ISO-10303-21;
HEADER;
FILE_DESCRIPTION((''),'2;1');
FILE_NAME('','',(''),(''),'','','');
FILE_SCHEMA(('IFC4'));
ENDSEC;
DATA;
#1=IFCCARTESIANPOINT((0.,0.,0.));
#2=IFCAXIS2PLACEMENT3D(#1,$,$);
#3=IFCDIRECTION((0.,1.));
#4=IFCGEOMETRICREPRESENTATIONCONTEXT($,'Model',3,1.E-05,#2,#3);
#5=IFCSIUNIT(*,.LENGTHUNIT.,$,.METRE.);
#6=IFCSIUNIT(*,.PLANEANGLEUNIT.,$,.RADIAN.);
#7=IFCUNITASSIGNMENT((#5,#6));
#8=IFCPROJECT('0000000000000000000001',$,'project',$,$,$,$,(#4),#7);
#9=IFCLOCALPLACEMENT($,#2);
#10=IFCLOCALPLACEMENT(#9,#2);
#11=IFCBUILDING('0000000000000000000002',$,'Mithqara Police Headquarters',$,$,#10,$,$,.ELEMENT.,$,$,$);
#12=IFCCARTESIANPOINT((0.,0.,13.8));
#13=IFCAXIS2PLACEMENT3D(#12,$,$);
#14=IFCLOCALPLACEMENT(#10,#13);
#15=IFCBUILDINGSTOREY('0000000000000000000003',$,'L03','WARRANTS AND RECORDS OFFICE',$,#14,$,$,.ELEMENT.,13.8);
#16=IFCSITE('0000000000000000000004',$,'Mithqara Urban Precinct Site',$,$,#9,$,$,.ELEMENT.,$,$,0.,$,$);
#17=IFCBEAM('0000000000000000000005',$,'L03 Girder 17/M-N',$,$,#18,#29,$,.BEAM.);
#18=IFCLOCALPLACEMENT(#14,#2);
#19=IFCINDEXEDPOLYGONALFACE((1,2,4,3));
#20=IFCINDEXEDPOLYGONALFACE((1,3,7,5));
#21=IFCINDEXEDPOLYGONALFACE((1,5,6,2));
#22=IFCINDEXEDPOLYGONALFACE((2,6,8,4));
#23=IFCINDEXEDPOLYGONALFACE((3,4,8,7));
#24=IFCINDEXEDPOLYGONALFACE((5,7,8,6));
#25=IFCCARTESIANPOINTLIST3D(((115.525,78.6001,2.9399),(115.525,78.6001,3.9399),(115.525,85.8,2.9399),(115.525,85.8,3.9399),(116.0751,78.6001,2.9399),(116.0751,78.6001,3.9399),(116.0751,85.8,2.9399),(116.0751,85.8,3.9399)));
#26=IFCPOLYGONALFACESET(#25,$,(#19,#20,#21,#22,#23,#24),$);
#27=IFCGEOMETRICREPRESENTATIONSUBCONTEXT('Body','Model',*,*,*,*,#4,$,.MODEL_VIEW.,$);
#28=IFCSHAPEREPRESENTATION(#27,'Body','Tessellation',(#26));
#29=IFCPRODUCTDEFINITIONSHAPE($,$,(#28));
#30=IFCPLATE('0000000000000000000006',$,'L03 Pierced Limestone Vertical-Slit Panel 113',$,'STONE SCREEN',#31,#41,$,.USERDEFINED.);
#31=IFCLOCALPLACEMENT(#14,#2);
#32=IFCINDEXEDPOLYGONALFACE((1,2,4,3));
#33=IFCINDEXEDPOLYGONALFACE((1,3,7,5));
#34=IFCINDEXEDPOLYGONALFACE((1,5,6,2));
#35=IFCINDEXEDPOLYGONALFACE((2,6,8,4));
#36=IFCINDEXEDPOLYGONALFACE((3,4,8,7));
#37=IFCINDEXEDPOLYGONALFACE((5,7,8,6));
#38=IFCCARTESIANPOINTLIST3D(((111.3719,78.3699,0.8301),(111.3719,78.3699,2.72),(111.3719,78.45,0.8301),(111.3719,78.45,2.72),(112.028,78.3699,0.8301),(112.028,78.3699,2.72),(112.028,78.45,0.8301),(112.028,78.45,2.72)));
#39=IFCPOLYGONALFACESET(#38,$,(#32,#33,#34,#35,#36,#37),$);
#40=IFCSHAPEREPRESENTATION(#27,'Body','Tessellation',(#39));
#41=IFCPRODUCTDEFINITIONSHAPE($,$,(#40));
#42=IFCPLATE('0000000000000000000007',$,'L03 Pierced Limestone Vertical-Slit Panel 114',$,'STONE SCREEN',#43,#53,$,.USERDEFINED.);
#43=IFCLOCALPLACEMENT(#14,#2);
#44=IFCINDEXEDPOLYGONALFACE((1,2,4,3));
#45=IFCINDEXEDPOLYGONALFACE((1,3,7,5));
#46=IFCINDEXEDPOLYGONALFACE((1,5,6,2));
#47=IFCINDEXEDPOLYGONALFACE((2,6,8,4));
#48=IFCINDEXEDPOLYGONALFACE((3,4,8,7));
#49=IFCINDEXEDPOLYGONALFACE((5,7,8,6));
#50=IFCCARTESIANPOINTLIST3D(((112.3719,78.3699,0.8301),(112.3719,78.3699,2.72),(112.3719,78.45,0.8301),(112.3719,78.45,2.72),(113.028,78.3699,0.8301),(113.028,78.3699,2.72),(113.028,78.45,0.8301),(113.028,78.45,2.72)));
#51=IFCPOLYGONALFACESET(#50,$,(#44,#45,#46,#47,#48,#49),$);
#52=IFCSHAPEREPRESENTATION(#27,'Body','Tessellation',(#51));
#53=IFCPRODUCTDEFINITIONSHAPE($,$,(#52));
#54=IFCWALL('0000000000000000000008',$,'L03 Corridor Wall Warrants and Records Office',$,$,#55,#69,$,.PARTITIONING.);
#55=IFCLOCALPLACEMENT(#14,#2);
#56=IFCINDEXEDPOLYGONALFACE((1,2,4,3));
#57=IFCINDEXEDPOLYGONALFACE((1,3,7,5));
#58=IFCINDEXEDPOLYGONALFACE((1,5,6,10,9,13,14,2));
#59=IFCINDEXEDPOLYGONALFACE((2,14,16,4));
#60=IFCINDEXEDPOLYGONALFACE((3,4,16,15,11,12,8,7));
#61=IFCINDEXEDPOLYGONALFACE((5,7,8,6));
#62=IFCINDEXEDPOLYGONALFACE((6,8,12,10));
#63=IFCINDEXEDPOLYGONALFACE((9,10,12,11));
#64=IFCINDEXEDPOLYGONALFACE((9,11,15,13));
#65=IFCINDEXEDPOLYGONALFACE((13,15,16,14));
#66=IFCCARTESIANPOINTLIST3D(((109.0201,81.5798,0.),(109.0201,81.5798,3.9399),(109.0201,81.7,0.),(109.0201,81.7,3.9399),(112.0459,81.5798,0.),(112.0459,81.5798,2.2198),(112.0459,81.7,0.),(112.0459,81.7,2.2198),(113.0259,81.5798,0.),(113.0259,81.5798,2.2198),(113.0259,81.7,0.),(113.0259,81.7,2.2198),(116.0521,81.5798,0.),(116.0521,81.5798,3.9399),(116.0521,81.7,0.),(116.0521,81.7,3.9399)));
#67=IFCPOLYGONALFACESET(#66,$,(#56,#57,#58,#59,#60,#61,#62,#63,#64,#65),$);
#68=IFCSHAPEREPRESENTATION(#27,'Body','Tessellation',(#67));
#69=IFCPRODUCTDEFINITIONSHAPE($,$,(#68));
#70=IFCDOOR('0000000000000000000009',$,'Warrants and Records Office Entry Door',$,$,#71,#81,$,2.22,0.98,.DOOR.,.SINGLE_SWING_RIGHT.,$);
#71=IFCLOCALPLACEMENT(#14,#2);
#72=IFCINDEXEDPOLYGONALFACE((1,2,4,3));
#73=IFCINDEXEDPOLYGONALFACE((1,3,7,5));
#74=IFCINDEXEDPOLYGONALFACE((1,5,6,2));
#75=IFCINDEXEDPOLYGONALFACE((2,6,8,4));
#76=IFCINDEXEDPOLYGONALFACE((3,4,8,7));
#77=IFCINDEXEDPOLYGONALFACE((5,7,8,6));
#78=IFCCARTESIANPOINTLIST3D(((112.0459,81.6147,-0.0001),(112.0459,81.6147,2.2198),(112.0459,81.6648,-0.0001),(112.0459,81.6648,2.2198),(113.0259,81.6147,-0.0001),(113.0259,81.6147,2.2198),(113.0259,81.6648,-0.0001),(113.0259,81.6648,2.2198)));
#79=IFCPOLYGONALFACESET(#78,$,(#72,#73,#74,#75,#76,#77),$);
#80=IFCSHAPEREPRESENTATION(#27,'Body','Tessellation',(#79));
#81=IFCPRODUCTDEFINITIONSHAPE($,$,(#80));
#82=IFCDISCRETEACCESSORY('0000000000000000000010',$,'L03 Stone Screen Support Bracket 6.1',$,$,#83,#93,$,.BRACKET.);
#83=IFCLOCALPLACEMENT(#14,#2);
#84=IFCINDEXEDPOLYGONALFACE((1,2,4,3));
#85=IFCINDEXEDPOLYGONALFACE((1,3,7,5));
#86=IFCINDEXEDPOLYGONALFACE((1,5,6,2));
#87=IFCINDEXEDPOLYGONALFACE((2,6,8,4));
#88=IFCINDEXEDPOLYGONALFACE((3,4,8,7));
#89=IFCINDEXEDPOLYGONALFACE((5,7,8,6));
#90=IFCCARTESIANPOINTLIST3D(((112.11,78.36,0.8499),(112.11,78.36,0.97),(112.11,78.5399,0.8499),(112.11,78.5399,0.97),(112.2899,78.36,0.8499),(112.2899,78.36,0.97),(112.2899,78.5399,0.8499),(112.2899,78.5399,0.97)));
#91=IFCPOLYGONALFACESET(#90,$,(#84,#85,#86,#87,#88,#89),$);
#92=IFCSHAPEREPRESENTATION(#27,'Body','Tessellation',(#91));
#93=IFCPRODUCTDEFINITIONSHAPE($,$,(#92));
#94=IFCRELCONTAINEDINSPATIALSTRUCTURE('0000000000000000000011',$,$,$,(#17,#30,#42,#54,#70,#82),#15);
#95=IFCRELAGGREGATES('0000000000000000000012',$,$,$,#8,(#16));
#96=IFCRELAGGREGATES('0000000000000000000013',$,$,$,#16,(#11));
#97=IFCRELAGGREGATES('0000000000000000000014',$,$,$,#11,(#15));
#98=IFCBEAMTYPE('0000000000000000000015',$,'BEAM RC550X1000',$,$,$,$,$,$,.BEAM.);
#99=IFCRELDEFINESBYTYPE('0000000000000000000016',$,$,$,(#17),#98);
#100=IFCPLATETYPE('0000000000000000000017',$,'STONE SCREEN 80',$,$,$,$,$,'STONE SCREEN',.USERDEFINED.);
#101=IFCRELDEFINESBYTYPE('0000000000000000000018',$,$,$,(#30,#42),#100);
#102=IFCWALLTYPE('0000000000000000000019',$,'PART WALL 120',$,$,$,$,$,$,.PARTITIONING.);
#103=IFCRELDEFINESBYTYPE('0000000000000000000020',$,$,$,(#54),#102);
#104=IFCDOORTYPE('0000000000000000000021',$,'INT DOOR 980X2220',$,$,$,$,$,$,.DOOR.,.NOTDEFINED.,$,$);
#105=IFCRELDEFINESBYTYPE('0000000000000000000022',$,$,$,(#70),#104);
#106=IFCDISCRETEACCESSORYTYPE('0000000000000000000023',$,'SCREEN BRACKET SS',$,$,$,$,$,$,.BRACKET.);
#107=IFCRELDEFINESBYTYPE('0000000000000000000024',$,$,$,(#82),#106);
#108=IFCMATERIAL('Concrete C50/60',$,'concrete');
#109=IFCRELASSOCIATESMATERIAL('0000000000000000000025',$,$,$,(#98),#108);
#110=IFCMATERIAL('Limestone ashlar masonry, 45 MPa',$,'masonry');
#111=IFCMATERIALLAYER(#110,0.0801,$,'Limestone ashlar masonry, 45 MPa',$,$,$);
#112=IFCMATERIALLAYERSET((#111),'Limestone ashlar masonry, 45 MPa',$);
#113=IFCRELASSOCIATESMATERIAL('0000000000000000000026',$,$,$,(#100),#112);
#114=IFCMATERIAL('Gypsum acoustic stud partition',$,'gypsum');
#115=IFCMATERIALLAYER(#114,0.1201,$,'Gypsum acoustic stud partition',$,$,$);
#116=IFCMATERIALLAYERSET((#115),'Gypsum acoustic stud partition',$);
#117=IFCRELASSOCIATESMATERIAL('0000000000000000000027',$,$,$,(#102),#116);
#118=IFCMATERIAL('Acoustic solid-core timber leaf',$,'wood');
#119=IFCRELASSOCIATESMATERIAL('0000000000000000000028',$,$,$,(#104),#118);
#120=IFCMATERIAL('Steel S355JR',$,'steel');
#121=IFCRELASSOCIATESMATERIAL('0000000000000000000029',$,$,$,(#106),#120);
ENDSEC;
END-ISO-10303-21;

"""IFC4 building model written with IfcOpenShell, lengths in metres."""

from ifc_helpers import new_model, si_unit, direction, frame, frame_2d, origin, origin_2d, place, context, subcontext, project, spatial, rectangle, extrude, material, layer, layer_set, material_profile, profile_set, type_object, element, fill, save


model = new_model("IFC4")

# Units and contexts
model_context = context("Model", 3, precision=1e-05, world=origin(), true_north=direction((0.0, 1.0)))
body_context = subcontext(model_context, "Body", "Model", "MODEL_VIEW")
ifc_project = project(units=[si_unit("LENGTHUNIT", "METRE"), si_unit("PLANEANGLEUNIT", "RADIAN")], contexts=[model_context])

# Site, building, storey
site_placement = place(None, origin())
site = spatial("IfcSite", under=ifc_project, at=site_placement, Name="Mithqara Urban Precinct Site", CompositionType="ELEMENT", RefElevation=0.0)
building_placement = place(site_placement, origin())
building = spatial("IfcBuilding", under=site, at=building_placement, Name="Mithqara Police Headquarters", CompositionType="ELEMENT")
storey_placement = place(building_placement, frame((0.0, 0.0, 13.8)))
storey = spatial("IfcBuildingStorey", under=building, at=storey_placement, Name="L03", Description="WARRANTS AND RECORDS OFFICE", CompositionType="ELEMENT", Elevation=13.8)

# Shared definitions
ifc_material_1 = material(Name="Concrete C50/60", Category="concrete")

# Beam
ifc_material_2 = material(Name="Steel S355JR", Category="steel")
ifc_material_profile_1 = material_profile(ifc_material_1, rectangle(XDim=0.55, YDim=1.0, at=origin_2d()), Name="RC 550x1000")
ifc_profile_set_1 = profile_set([ifc_material_profile_1], Name="Concrete C50/60")
beam_type_1 = type_object("IfcBeamType", Name="BEAM RC550X1000", PredefinedType="BEAM", material=ifc_profile_set_1)
beam_1_placement = place(storey_placement, frame((115.8, 78.6001, 3.4399), z_axis=(0.0, 1.0, 0.0), x_axis=(-1.0, 0.0, 0.0)))
element("IfcBeam", 1, at=beam_1_placement, inside=storey, type_object=beam_type_1, Name="L03 Girder 17/M-N", PredefinedType="BEAM", context=body_context, shape_type="SweptSolid", body=[
    extrude(rectangle(XDim=0.55, YDim=1.0, at=origin_2d()), origin(), (0.0, 0.0, 1.0), 7.2),
])

# Plates
ifc_material_3 = material(Name="Limestone ashlar masonry, 45 MPa", Category="masonry")
ifc_layer_1 = layer(ifc_material_3, 0.0801, Name="Limestone ashlar masonry, 45 MPa")
ifc_layer_set_1 = layer_set([ifc_layer_1], Name="Limestone ashlar masonry, 45 MPa")
plate_type = type_object("IfcPlateType", Name="STONE SCREEN 80", ElementType="STONE SCREEN", PredefinedType="USERDEFINED", material=ifc_layer_set_1)
for number, where, z_axis, x_axis, name in (
    (2, (111.7, 78.4099, 0.8301), (0.0, 0.0, 1.0), (1.0, 0.0, 0.0), "L03 Pierced Limestone Vertical-Slit Panel 113"),
    (3, (112.7, 78.4099, 0.8301), (0.0, 0.0, 1.0), (1.0, 0.0, 0.0), "L03 Pierced Limestone Vertical-Slit Panel 114"),
):
    element("IfcPlate", number, at=place(storey_placement, frame(where, z_axis=z_axis, x_axis=x_axis)), inside=storey, type_object=plate_type, Name=name, ObjectType="STONE SCREEN", PredefinedType="USERDEFINED", context=body_context, shape_type="SweptSolid", body=[
        extrude(rectangle(XDim=0.656, YDim=0.0801, at=origin_2d()), origin(), (0.0, 0.0, 1.0), 1.8899),
    ])

# Wall, opening, door
ifc_material_4 = material(Name="Gypsum acoustic stud partition", Category="gypsum")
ifc_layer_2 = layer(ifc_material_4, 0.1201, Name="Gypsum acoustic stud partition")
ifc_layer_set_2 = layer_set([ifc_layer_2], Name="Gypsum acoustic stud partition")
wall_type = type_object("IfcWallType", Name="PART WALL 120", PredefinedType="PARTITIONING", material=ifc_layer_set_2)
wall_placement = place(storey_placement, frame((109.02, 81.6399, 0.0), z_axis=(0.0, 0.0, 1.0), x_axis=(1.0, 0.0, 0.0)))
wall = element("IfcWall", 4, at=wall_placement, inside=storey, type_object=wall_type, Name="L03 Corridor Wall Warrants and Records Office", PredefinedType="PARTITIONING", context=body_context, shape_type="SweptSolid", body=[
    extrude(rectangle(XDim=7.032, YDim=0.1201, at=frame_2d((3.5161, 0.0))), origin(), (0.0, 0.0, 1.0), 3.9399),
])
opening_placement = place(wall_placement, frame((3.0259, 0.0, 0.0)))
opening = element("IfcOpeningElement", 5, at=opening_placement, cuts=wall, PredefinedType="OPENING", context=body_context, shape_type="SweptSolid", body=[
    extrude(rectangle(XDim=0.98, YDim=2.22, at=frame_2d((0.49, 1.1099))), frame((0.0, 0.0701, 0.0), z_axis=(0.0, -1.0, 0.0), x_axis=(1.0, 0.0, 0.0)), (0.0, 0.0, 1.0), 0.1401),
])
ifc_material_5 = material(Name="Acoustic solid-core timber leaf", Category="wood")
door_type = type_object("IfcDoorType", Name="INT DOOR 980X2220", OperationType="NOTDEFINED", PredefinedType="DOOR", material=ifc_material_5)
door_placement = place(opening_placement, origin())
door = element("IfcDoor", 6, at=door_placement, inside=storey, type_object=door_type, Name="Warrants and Records Office Entry Door", OperationType="SINGLE_SWING_RIGHT", OverallHeight=2.22, OverallWidth=0.98, PredefinedType="DOOR", context=body_context, shape_type="SweptSolid", body=[
    extrude(rectangle(XDim=0.98, YDim=2.22, at=frame_2d((0.49, 1.1099))), frame((0.0, 0.0249, 0.0), z_axis=(0.0, -1.0, 0.0), x_axis=(1.0, 0.0, 0.0)), (0.0, 0.0, 1.0), 0.05),
])
fill(opening, door)

# Discrete accessory
discrete_accessory_type = type_object("IfcDiscreteAccessoryType", Name="SCREEN BRACKET SS", PredefinedType="BRACKET", material=ifc_material_2)
discrete_accessory_placement = place(storey_placement, frame((112.2, 78.45, 0.8499), z_axis=(0.0, 0.0, 1.0), x_axis=(1.0, 0.0, 0.0)))
element("IfcDiscreteAccessory", 7, at=discrete_accessory_placement, inside=storey, type_object=discrete_accessory_type, Name="L03 Stone Screen Support Bracket 6.1", PredefinedType="BRACKET", context=body_context, shape_type="SweptSolid", body=[
    extrude(rectangle(XDim=0.1799, YDim=0.1799, at=origin_2d()), origin(), (0.0, 0.0, 1.0), 0.1201),
])

save(model, "model.ifc")
